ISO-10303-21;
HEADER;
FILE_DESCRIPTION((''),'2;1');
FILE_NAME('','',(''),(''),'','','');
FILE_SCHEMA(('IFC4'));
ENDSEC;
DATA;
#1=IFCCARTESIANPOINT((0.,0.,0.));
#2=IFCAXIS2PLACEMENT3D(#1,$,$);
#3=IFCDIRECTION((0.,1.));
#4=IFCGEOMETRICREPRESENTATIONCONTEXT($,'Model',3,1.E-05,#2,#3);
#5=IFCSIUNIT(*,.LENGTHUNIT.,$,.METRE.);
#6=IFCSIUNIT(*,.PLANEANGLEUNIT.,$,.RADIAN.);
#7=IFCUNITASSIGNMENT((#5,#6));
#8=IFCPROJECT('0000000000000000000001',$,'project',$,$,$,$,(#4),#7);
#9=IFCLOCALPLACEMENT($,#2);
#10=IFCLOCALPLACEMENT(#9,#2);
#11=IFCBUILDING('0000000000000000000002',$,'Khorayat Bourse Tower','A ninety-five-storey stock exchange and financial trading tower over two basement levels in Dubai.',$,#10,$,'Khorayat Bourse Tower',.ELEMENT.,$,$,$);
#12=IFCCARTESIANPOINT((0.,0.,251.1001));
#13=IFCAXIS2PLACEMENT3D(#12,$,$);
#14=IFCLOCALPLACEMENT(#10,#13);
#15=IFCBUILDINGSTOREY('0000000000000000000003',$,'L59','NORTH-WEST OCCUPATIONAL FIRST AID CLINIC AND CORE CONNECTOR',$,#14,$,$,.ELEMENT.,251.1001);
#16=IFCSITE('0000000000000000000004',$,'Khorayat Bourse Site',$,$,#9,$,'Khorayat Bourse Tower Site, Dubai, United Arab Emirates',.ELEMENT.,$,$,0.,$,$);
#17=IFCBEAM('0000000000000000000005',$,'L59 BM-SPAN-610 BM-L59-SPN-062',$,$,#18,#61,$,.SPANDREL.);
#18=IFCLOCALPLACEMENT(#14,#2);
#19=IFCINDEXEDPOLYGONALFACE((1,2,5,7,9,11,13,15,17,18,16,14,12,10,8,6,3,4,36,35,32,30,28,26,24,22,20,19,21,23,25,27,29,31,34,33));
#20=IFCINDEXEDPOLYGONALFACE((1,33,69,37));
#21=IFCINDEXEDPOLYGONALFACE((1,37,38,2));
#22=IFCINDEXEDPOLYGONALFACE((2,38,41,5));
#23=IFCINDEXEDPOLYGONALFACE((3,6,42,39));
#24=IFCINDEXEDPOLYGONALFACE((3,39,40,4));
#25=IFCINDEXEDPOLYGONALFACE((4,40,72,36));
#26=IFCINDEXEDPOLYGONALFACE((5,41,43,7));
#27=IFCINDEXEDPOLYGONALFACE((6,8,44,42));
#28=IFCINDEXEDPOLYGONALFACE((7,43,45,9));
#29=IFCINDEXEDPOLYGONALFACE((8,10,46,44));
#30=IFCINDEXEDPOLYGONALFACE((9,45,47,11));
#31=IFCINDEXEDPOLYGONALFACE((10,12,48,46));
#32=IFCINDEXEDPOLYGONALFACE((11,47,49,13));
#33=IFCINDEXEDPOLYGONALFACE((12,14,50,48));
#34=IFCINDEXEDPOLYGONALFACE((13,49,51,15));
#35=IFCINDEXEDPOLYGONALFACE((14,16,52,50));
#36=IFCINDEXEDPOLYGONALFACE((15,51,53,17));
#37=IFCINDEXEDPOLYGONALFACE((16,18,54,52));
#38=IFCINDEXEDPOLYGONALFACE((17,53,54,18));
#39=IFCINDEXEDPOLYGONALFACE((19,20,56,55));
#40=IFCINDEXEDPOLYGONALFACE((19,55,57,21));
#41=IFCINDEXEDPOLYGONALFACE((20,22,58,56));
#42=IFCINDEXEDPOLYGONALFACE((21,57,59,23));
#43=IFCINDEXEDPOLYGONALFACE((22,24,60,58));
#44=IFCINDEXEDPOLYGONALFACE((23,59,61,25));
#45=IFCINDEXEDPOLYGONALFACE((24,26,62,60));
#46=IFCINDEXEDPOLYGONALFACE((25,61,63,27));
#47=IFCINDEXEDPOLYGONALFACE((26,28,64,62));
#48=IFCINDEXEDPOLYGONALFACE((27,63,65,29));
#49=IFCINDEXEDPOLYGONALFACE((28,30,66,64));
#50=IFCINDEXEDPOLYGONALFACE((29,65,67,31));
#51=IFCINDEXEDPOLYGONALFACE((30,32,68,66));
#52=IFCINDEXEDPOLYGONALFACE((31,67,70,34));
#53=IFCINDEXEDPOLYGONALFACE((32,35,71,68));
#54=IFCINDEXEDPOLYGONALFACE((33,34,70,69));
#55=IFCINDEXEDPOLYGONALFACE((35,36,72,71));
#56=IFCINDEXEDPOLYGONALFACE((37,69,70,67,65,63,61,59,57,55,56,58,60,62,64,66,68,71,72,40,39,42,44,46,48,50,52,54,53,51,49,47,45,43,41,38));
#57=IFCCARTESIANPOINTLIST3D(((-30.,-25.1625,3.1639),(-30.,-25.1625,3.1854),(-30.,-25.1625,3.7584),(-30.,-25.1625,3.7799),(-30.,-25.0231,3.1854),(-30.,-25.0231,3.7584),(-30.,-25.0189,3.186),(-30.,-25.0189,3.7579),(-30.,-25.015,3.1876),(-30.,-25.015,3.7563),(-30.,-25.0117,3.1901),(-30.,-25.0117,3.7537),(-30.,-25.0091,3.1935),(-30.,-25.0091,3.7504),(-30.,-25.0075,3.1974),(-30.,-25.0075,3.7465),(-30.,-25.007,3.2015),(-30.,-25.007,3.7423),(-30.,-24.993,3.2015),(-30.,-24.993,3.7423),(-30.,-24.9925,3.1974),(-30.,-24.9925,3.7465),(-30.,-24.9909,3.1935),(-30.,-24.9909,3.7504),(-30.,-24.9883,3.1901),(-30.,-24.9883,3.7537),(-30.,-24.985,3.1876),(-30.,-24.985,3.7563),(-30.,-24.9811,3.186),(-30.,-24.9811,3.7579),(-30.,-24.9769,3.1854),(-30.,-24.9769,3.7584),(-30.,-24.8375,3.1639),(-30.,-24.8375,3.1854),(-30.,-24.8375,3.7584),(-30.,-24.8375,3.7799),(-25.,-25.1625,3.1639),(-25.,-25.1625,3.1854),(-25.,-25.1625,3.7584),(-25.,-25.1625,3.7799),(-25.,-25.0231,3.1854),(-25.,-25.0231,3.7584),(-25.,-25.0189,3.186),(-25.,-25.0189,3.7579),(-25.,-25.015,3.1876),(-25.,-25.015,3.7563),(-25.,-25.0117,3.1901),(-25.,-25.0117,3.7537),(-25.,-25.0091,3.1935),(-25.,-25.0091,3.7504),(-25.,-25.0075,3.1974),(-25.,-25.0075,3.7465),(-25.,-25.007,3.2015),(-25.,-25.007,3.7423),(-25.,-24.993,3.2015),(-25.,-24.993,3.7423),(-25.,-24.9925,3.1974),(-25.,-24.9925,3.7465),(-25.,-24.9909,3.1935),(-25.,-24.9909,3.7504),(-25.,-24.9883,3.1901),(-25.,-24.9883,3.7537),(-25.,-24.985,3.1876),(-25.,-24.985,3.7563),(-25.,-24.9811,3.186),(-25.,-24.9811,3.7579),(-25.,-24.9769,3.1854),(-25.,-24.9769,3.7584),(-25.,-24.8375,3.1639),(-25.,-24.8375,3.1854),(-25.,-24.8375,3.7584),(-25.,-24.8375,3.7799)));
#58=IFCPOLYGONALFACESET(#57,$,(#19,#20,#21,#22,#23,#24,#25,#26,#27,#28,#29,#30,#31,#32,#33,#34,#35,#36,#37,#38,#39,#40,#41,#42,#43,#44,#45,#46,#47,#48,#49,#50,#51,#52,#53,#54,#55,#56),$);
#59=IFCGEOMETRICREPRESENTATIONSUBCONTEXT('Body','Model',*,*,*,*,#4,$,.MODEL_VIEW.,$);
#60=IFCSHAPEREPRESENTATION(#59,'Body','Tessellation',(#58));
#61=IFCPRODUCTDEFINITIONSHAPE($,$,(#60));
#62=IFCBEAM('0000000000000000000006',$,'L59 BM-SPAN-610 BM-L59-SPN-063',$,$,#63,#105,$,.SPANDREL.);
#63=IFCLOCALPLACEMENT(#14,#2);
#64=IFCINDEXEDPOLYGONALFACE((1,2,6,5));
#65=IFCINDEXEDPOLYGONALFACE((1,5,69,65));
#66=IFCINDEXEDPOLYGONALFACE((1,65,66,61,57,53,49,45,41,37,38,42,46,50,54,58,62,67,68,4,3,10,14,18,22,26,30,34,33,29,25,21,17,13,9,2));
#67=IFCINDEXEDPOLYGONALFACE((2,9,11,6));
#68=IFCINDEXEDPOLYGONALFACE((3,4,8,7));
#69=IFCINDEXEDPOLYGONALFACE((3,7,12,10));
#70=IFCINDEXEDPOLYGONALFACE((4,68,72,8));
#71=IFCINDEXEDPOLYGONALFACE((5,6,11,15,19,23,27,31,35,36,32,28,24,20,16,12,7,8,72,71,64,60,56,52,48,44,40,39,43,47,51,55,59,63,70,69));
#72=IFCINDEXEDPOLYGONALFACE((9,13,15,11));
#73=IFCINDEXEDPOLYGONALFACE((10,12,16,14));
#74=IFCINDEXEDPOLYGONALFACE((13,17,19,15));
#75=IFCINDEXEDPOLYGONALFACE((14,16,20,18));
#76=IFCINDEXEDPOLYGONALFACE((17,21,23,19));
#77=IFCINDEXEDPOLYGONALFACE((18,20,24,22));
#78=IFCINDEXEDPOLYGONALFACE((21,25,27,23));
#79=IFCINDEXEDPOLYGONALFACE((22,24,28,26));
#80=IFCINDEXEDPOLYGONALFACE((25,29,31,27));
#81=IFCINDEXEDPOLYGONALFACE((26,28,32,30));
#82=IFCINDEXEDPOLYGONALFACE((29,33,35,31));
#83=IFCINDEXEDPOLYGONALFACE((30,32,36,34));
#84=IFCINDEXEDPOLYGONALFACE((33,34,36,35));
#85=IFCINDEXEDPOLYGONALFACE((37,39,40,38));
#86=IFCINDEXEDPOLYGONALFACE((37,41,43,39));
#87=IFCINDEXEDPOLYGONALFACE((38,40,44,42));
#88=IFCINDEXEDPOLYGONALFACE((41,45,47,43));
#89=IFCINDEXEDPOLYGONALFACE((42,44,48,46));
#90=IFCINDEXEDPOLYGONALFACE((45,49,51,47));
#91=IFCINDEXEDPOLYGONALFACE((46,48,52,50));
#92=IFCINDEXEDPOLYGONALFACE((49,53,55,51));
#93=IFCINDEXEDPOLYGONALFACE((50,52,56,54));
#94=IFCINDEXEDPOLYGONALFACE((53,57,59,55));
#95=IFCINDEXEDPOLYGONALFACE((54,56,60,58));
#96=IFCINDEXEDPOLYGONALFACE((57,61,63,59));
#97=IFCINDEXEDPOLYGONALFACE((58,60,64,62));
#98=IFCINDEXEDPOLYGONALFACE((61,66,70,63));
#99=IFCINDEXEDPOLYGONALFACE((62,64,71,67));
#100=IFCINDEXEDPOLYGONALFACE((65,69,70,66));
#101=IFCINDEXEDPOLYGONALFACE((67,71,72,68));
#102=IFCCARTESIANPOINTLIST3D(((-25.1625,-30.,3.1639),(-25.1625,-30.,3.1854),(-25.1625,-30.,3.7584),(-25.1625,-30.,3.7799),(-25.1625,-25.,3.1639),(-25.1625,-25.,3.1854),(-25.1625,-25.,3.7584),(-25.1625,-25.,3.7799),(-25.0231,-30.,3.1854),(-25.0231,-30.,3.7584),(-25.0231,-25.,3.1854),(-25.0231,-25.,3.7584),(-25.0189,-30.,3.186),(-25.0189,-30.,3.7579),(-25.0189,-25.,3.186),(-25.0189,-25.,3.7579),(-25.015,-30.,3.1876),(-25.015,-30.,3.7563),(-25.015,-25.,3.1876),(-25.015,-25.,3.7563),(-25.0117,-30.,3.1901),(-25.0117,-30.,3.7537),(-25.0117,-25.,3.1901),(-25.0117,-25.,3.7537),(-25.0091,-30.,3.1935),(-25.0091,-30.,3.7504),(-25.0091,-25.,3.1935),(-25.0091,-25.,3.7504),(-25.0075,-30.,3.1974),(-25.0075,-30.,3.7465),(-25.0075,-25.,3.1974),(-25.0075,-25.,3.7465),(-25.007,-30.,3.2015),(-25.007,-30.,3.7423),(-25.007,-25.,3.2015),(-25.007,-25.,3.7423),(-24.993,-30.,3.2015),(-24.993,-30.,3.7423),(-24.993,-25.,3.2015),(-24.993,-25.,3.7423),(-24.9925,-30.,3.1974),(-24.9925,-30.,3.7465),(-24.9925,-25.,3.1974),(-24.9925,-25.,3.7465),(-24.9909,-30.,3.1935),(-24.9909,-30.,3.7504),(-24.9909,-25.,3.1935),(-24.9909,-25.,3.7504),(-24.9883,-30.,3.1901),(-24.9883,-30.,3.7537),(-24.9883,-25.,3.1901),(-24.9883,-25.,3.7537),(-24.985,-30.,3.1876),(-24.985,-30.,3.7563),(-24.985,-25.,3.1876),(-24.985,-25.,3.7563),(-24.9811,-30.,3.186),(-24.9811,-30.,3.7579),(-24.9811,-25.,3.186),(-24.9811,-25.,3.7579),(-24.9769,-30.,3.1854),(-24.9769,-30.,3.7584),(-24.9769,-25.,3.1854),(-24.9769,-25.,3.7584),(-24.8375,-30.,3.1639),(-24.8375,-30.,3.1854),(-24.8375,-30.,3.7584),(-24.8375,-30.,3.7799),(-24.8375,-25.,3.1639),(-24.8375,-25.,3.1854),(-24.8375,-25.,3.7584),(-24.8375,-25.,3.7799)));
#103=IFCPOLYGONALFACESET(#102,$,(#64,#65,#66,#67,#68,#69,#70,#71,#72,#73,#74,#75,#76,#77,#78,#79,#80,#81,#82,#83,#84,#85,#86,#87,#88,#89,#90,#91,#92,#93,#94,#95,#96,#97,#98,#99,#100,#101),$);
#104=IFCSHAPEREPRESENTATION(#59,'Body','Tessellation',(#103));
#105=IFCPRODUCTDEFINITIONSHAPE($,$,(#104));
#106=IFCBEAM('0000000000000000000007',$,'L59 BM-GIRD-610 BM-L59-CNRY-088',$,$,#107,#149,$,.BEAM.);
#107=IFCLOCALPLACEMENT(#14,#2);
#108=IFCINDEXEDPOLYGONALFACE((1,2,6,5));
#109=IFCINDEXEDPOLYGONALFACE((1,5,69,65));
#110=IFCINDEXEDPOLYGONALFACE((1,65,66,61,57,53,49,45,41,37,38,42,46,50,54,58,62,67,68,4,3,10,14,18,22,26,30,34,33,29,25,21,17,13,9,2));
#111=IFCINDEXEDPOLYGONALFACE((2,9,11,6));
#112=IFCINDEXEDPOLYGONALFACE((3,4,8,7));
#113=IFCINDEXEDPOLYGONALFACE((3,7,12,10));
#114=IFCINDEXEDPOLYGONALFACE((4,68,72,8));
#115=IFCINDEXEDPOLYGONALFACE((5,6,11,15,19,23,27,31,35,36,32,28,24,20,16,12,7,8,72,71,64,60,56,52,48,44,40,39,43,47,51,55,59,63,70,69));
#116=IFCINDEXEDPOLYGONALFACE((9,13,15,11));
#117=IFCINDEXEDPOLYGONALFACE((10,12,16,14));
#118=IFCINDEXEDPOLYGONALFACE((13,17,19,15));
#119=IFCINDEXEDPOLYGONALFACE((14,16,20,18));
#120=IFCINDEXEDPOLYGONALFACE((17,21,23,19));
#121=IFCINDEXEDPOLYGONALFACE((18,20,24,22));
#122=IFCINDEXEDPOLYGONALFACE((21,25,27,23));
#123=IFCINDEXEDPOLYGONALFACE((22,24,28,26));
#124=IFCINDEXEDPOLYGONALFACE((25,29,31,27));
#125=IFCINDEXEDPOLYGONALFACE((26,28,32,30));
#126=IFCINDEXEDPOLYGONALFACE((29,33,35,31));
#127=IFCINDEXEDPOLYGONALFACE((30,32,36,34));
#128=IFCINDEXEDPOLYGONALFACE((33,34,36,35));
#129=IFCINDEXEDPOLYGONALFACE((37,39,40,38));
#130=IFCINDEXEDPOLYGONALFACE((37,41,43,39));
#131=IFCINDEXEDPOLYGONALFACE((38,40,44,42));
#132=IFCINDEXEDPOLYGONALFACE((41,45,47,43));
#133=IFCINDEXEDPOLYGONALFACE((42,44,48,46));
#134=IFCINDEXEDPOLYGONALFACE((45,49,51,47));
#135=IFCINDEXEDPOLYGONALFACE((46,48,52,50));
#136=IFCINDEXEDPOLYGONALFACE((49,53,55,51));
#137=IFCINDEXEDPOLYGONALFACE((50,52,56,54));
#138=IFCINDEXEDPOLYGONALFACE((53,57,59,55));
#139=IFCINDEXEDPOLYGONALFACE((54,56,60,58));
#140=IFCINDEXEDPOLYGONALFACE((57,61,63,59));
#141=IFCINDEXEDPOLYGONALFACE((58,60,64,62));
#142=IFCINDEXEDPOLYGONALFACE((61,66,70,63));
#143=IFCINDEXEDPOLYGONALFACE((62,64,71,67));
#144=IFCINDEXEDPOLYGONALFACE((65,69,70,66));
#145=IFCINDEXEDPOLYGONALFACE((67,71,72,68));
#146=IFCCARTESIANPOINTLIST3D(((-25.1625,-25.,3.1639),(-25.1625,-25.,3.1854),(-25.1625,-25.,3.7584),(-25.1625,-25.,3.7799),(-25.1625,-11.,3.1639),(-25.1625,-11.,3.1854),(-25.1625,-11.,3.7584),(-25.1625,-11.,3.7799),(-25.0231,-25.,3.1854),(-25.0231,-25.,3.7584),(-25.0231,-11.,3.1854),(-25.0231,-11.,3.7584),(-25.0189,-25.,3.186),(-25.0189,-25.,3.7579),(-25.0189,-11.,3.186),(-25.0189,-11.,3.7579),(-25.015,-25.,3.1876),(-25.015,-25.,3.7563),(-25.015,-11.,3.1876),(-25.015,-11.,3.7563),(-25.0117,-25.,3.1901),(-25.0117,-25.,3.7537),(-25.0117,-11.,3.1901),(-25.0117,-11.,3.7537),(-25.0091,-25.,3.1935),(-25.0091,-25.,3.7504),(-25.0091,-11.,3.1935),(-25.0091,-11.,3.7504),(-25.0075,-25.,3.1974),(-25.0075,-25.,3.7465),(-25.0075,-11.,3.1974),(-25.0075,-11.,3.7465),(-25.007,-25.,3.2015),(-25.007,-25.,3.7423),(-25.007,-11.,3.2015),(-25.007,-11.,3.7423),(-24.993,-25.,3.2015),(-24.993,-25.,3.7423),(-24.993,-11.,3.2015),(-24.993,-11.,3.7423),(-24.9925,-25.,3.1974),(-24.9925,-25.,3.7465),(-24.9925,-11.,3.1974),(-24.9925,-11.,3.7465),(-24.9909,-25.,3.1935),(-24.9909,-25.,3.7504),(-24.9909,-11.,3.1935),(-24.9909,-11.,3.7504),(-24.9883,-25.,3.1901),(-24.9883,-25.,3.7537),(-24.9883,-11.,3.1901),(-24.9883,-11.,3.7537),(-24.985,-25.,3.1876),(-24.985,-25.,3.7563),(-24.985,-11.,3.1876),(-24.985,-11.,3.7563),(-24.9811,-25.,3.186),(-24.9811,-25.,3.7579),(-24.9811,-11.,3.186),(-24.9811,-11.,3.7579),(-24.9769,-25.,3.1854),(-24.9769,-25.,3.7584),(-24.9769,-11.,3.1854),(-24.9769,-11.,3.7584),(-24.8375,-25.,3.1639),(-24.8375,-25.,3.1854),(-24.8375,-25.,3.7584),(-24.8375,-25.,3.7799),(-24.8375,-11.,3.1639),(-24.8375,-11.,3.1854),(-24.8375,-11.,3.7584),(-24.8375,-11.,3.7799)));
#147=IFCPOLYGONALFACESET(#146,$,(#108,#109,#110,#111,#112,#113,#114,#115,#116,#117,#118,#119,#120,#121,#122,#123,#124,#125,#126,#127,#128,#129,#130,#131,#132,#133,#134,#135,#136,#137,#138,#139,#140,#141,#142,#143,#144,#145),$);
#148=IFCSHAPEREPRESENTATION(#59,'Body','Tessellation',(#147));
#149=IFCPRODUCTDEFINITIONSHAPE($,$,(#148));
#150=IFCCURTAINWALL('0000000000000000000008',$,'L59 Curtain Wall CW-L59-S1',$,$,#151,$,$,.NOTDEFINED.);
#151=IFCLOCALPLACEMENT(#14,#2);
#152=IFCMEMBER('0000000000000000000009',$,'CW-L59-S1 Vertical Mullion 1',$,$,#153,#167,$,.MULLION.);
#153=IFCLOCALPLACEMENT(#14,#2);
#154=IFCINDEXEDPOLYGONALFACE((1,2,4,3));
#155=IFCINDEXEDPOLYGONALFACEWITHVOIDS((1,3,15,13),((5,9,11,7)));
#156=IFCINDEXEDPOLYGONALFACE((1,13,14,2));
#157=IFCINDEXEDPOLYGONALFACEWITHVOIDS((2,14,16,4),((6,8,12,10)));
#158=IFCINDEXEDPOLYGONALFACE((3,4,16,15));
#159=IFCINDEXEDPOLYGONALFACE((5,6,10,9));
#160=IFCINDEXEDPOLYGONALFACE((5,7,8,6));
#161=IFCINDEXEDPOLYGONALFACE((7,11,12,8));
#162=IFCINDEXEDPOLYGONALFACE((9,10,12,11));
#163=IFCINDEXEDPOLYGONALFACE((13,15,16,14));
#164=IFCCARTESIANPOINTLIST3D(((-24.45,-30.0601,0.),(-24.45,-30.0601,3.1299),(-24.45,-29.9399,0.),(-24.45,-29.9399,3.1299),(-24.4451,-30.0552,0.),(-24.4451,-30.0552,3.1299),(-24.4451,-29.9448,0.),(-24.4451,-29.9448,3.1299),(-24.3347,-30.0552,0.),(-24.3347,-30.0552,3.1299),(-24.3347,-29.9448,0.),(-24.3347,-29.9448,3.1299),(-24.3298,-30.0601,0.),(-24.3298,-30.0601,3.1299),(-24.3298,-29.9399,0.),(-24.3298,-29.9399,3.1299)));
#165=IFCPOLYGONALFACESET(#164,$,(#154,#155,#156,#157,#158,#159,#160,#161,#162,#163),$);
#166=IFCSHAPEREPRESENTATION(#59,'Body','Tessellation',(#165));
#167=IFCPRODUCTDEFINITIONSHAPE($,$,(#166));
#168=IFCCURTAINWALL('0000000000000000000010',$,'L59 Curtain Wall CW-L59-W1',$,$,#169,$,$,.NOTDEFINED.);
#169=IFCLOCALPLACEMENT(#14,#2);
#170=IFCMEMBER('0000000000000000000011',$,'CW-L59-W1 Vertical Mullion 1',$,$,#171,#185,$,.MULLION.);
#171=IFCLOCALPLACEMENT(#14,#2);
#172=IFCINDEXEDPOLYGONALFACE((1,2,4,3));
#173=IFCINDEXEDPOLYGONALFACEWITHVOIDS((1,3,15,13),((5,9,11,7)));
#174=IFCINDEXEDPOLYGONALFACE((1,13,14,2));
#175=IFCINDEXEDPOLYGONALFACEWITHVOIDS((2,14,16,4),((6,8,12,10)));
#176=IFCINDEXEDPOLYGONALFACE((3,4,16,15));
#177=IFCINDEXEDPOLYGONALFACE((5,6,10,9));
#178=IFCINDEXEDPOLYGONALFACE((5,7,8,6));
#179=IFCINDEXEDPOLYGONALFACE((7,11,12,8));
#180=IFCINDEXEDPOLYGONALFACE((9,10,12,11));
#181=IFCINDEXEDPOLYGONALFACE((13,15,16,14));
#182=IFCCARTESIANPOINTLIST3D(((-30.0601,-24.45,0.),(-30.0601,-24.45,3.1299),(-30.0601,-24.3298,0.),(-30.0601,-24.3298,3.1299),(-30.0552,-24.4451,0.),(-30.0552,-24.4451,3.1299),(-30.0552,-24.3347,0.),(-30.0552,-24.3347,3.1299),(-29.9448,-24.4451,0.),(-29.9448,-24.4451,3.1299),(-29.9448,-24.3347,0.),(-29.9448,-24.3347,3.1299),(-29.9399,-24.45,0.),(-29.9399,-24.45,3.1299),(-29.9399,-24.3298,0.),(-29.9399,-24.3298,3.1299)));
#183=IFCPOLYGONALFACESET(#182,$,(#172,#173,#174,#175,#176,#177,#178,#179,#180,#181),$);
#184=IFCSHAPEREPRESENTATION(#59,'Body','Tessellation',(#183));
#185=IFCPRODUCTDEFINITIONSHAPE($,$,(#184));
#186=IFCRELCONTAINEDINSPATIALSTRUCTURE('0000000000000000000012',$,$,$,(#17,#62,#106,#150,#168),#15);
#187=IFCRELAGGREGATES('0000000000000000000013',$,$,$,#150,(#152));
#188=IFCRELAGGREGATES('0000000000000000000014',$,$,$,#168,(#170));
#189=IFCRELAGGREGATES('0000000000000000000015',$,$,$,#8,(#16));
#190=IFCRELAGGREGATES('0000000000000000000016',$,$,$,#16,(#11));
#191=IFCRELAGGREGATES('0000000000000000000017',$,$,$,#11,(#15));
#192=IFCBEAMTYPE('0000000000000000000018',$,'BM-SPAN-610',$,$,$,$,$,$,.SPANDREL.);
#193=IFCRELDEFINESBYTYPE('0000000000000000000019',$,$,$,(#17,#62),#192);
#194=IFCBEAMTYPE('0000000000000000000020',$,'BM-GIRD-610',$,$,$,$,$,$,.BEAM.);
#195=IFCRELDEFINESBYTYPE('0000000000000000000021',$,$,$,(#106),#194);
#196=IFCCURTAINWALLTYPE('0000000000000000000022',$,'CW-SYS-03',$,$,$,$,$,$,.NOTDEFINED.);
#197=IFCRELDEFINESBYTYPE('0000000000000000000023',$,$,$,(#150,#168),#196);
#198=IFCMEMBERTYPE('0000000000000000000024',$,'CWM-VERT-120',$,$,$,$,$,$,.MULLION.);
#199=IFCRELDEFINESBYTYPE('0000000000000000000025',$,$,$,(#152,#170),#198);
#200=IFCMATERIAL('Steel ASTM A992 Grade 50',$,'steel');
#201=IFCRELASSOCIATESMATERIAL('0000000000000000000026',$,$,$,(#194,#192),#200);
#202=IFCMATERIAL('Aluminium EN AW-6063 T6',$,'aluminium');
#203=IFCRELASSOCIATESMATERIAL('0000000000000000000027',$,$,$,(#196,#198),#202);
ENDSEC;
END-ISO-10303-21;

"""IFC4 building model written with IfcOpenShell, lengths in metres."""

from ifc_helpers import new_model, si_unit, direction, frame, origin, origin_2d, place, context, subcontext, project, spatial, hollow_rectangle, i_section, extrude, source, transform, mapped, material, material_profile, profile_set, type_object, element, aggregate, save


model = new_model("IFC4")

# Units and contexts
model_context = context("Model", 3, precision=1e-05, world=origin(), true_north=direction((0.0, 1.0)))
body_context = subcontext(model_context, "Body", "Model", "MODEL_VIEW")
ifc_project = project(units=[si_unit("LENGTHUNIT", "METRE"), si_unit("PLANEANGLEUNIT", "RADIAN")], contexts=[model_context])

# Site, building, storey
site_placement = place(None, origin())
site = spatial("IfcSite", under=ifc_project, at=site_placement, Name="Khorayat Bourse Site", LongName="Khorayat Bourse Tower Site, Dubai, United Arab Emirates", CompositionType="ELEMENT", RefElevation=0.0)
building_placement = place(site_placement, origin())
building = spatial("IfcBuilding", under=site, at=building_placement, Name="Khorayat Bourse Tower", Description="A ninety-five-storey stock exchange and financial trading tower over two basement levels in Dubai.", LongName="Khorayat Bourse Tower", CompositionType="ELEMENT")
storey_placement = place(building_placement, frame((0.0, 0.0, 251.1001)))
storey = spatial("IfcBuildingStorey", under=building, at=storey_placement, Name="L59", Description="NORTH-WEST OCCUPATIONAL FIRST AID CLINIC AND CORE CONNECTOR", CompositionType="ELEMENT", Elevation=251.1001)

# Beams
ifc_material_1 = material(Name="Steel ASTM A992 Grade 50", Category="steel")
ifc_material_profile_1 = material_profile(ifc_material_1, i_section(OverallWidth=0.325, OverallDepth=0.616, WebThickness=0.0139, FlangeThickness=0.0215, FilletRadius=0.0161, at=origin_2d()), Name="W610X174")
ifc_profile_set_1 = profile_set([ifc_material_profile_1], Name="Steel ASTM A992 Grade 50")
beam_type_1 = type_object("IfcBeamType", Name="BM-GIRD-610", PredefinedType="BEAM", material=ifc_profile_set_1)
ifc_material_profile_2 = material_profile(ifc_material_1, i_section(OverallWidth=0.325, OverallDepth=0.616, WebThickness=0.0139, FlangeThickness=0.0215, FilletRadius=0.0161, at=origin_2d()), Name="W610X174")
ifc_profile_set_2 = profile_set([ifc_material_profile_2], Name="Steel ASTM A992 Grade 50")
beam_type_2 = type_object("IfcBeamType", Name="BM-SPAN-610", PredefinedType="SPANDREL", material=ifc_profile_set_2)
shared_shape_1 = source(origin(), body_context, "Body", "SweptSolid", [
    extrude(i_section(OverallWidth=0.325, OverallDepth=0.616, WebThickness=0.0139, FlangeThickness=0.0215, FilletRadius=0.0161, at=origin_2d()), origin(), (0.0, 0.0, 1.0), 5.0),
])
for number, where, z_axis, x_axis, name in (
    (1, (-30.0, -25.0, 3.4719), (1.0, 0.0, 0.0), (0.0, 1.0, 0.0), "L59 BM-SPAN-610 BM-L59-SPN-062"),
    (2, (-25.0, -30.0, 3.4719), (0.0, 1.0, 0.0), (-1.0, 0.0, 0.0), "L59 BM-SPAN-610 BM-L59-SPN-063"),
):
    element("IfcBeam", number, at=place(storey_placement, frame(where, z_axis=z_axis, x_axis=x_axis)), inside=storey, type_object=beam_type_2, Name=name, PredefinedType="SPANDREL", context=body_context, shape_type="MappedRepresentation", body=[
        mapped(shared_shape_1, transform((0.0, 0.0, 0.0), scale=1.0)),
    ])
shared_shape_2 = source(origin(), body_context, "Body", "SweptSolid", [
    extrude(i_section(OverallWidth=0.325, OverallDepth=0.616, WebThickness=0.0139, FlangeThickness=0.0215, FilletRadius=0.0161, at=origin_2d()), origin(), (0.0, 0.0, 1.0), 14.0),
])
beam_1_placement = place(storey_placement, frame((-25.0, -25.0, 3.4719), z_axis=(0.0, 1.0, 0.0), x_axis=(-1.0, 0.0, 0.0)))
element("IfcBeam", 3, at=beam_1_placement, inside=storey, type_object=beam_type_1, Name="L59 BM-GIRD-610 BM-L59-CNRY-088", PredefinedType="BEAM", context=body_context, shape_type="MappedRepresentation", body=[
    mapped(shared_shape_2, transform((0.0, 0.0, 0.0), scale=1.0)),
])

# Curtain walls, members
ifc_material_2 = material(Name="Aluminium EN AW-6063 T6", Category="aluminium")
curtain_wall_type = type_object("IfcCurtainWallType", Name="CW-SYS-03", PredefinedType="NOTDEFINED", material=ifc_material_2)
curtain_wall_1_placement = place(storey_placement, origin())
curtain_wall_1 = element("IfcCurtainWall", 4, at=curtain_wall_1_placement, inside=storey, type_object=curtain_wall_type, Name="L59 Curtain Wall CW-L59-S1", PredefinedType="NOTDEFINED")
ifc_material_profile_3 = material_profile(ifc_material_2, hollow_rectangle(XDim=0.1201, YDim=0.1201, WallThickness=0.0049, at=origin_2d()), Name="ALU 120x120x5")
ifc_profile_set_3 = profile_set([ifc_material_profile_3], Name="Aluminium EN AW-6063 T6")
member_type_1 = type_object("IfcMemberType", Name="CWM-VERT-120", PredefinedType="MULLION", material=ifc_profile_set_3)
shared_shape_3 = source(origin(), body_context, "Body", "SweptSolid", [
    extrude(hollow_rectangle(XDim=0.1201, YDim=0.1201, WallThickness=0.0049, at=origin_2d()), origin(), (0.0, 0.0, 1.0), 3.1299),
])
member_1_placement = place(storey_placement, frame((-24.3899, -30.0, 0.0), z_axis=(0.0, 0.0, 1.0), x_axis=(0.0, 1.0, 0.0)))
member_1 = element("IfcMember", 5, at=member_1_placement, type_object=member_type_1, Name="CW-L59-S1 Vertical Mullion 1", PredefinedType="MULLION", context=body_context, shape_type="MappedRepresentation", body=[
    mapped(shared_shape_3, transform((0.0, 0.0, 0.0), scale=1.0)),
])
curtain_wall_2_placement = place(storey_placement, origin())
curtain_wall_2 = element("IfcCurtainWall", 6, at=curtain_wall_2_placement, inside=storey, type_object=curtain_wall_type, Name="L59 Curtain Wall CW-L59-W1", PredefinedType="NOTDEFINED")
member_2_placement = place(storey_placement, frame((-30.0, -24.3899, 0.0), z_axis=(0.0, 0.0, 1.0), x_axis=(-1.0, 0.0, 0.0)))
member_2 = element("IfcMember", 7, at=member_2_placement, type_object=member_type_1, Name="CW-L59-W1 Vertical Mullion 1", PredefinedType="MULLION", context=body_context, shape_type="MappedRepresentation", body=[
    mapped(shared_shape_3, transform((0.0, 0.0, 0.0), scale=1.0)),
])

aggregate(curtain_wall_1, [member_1])
aggregate(curtain_wall_2, [member_2])

save(model, "model.ifc")
